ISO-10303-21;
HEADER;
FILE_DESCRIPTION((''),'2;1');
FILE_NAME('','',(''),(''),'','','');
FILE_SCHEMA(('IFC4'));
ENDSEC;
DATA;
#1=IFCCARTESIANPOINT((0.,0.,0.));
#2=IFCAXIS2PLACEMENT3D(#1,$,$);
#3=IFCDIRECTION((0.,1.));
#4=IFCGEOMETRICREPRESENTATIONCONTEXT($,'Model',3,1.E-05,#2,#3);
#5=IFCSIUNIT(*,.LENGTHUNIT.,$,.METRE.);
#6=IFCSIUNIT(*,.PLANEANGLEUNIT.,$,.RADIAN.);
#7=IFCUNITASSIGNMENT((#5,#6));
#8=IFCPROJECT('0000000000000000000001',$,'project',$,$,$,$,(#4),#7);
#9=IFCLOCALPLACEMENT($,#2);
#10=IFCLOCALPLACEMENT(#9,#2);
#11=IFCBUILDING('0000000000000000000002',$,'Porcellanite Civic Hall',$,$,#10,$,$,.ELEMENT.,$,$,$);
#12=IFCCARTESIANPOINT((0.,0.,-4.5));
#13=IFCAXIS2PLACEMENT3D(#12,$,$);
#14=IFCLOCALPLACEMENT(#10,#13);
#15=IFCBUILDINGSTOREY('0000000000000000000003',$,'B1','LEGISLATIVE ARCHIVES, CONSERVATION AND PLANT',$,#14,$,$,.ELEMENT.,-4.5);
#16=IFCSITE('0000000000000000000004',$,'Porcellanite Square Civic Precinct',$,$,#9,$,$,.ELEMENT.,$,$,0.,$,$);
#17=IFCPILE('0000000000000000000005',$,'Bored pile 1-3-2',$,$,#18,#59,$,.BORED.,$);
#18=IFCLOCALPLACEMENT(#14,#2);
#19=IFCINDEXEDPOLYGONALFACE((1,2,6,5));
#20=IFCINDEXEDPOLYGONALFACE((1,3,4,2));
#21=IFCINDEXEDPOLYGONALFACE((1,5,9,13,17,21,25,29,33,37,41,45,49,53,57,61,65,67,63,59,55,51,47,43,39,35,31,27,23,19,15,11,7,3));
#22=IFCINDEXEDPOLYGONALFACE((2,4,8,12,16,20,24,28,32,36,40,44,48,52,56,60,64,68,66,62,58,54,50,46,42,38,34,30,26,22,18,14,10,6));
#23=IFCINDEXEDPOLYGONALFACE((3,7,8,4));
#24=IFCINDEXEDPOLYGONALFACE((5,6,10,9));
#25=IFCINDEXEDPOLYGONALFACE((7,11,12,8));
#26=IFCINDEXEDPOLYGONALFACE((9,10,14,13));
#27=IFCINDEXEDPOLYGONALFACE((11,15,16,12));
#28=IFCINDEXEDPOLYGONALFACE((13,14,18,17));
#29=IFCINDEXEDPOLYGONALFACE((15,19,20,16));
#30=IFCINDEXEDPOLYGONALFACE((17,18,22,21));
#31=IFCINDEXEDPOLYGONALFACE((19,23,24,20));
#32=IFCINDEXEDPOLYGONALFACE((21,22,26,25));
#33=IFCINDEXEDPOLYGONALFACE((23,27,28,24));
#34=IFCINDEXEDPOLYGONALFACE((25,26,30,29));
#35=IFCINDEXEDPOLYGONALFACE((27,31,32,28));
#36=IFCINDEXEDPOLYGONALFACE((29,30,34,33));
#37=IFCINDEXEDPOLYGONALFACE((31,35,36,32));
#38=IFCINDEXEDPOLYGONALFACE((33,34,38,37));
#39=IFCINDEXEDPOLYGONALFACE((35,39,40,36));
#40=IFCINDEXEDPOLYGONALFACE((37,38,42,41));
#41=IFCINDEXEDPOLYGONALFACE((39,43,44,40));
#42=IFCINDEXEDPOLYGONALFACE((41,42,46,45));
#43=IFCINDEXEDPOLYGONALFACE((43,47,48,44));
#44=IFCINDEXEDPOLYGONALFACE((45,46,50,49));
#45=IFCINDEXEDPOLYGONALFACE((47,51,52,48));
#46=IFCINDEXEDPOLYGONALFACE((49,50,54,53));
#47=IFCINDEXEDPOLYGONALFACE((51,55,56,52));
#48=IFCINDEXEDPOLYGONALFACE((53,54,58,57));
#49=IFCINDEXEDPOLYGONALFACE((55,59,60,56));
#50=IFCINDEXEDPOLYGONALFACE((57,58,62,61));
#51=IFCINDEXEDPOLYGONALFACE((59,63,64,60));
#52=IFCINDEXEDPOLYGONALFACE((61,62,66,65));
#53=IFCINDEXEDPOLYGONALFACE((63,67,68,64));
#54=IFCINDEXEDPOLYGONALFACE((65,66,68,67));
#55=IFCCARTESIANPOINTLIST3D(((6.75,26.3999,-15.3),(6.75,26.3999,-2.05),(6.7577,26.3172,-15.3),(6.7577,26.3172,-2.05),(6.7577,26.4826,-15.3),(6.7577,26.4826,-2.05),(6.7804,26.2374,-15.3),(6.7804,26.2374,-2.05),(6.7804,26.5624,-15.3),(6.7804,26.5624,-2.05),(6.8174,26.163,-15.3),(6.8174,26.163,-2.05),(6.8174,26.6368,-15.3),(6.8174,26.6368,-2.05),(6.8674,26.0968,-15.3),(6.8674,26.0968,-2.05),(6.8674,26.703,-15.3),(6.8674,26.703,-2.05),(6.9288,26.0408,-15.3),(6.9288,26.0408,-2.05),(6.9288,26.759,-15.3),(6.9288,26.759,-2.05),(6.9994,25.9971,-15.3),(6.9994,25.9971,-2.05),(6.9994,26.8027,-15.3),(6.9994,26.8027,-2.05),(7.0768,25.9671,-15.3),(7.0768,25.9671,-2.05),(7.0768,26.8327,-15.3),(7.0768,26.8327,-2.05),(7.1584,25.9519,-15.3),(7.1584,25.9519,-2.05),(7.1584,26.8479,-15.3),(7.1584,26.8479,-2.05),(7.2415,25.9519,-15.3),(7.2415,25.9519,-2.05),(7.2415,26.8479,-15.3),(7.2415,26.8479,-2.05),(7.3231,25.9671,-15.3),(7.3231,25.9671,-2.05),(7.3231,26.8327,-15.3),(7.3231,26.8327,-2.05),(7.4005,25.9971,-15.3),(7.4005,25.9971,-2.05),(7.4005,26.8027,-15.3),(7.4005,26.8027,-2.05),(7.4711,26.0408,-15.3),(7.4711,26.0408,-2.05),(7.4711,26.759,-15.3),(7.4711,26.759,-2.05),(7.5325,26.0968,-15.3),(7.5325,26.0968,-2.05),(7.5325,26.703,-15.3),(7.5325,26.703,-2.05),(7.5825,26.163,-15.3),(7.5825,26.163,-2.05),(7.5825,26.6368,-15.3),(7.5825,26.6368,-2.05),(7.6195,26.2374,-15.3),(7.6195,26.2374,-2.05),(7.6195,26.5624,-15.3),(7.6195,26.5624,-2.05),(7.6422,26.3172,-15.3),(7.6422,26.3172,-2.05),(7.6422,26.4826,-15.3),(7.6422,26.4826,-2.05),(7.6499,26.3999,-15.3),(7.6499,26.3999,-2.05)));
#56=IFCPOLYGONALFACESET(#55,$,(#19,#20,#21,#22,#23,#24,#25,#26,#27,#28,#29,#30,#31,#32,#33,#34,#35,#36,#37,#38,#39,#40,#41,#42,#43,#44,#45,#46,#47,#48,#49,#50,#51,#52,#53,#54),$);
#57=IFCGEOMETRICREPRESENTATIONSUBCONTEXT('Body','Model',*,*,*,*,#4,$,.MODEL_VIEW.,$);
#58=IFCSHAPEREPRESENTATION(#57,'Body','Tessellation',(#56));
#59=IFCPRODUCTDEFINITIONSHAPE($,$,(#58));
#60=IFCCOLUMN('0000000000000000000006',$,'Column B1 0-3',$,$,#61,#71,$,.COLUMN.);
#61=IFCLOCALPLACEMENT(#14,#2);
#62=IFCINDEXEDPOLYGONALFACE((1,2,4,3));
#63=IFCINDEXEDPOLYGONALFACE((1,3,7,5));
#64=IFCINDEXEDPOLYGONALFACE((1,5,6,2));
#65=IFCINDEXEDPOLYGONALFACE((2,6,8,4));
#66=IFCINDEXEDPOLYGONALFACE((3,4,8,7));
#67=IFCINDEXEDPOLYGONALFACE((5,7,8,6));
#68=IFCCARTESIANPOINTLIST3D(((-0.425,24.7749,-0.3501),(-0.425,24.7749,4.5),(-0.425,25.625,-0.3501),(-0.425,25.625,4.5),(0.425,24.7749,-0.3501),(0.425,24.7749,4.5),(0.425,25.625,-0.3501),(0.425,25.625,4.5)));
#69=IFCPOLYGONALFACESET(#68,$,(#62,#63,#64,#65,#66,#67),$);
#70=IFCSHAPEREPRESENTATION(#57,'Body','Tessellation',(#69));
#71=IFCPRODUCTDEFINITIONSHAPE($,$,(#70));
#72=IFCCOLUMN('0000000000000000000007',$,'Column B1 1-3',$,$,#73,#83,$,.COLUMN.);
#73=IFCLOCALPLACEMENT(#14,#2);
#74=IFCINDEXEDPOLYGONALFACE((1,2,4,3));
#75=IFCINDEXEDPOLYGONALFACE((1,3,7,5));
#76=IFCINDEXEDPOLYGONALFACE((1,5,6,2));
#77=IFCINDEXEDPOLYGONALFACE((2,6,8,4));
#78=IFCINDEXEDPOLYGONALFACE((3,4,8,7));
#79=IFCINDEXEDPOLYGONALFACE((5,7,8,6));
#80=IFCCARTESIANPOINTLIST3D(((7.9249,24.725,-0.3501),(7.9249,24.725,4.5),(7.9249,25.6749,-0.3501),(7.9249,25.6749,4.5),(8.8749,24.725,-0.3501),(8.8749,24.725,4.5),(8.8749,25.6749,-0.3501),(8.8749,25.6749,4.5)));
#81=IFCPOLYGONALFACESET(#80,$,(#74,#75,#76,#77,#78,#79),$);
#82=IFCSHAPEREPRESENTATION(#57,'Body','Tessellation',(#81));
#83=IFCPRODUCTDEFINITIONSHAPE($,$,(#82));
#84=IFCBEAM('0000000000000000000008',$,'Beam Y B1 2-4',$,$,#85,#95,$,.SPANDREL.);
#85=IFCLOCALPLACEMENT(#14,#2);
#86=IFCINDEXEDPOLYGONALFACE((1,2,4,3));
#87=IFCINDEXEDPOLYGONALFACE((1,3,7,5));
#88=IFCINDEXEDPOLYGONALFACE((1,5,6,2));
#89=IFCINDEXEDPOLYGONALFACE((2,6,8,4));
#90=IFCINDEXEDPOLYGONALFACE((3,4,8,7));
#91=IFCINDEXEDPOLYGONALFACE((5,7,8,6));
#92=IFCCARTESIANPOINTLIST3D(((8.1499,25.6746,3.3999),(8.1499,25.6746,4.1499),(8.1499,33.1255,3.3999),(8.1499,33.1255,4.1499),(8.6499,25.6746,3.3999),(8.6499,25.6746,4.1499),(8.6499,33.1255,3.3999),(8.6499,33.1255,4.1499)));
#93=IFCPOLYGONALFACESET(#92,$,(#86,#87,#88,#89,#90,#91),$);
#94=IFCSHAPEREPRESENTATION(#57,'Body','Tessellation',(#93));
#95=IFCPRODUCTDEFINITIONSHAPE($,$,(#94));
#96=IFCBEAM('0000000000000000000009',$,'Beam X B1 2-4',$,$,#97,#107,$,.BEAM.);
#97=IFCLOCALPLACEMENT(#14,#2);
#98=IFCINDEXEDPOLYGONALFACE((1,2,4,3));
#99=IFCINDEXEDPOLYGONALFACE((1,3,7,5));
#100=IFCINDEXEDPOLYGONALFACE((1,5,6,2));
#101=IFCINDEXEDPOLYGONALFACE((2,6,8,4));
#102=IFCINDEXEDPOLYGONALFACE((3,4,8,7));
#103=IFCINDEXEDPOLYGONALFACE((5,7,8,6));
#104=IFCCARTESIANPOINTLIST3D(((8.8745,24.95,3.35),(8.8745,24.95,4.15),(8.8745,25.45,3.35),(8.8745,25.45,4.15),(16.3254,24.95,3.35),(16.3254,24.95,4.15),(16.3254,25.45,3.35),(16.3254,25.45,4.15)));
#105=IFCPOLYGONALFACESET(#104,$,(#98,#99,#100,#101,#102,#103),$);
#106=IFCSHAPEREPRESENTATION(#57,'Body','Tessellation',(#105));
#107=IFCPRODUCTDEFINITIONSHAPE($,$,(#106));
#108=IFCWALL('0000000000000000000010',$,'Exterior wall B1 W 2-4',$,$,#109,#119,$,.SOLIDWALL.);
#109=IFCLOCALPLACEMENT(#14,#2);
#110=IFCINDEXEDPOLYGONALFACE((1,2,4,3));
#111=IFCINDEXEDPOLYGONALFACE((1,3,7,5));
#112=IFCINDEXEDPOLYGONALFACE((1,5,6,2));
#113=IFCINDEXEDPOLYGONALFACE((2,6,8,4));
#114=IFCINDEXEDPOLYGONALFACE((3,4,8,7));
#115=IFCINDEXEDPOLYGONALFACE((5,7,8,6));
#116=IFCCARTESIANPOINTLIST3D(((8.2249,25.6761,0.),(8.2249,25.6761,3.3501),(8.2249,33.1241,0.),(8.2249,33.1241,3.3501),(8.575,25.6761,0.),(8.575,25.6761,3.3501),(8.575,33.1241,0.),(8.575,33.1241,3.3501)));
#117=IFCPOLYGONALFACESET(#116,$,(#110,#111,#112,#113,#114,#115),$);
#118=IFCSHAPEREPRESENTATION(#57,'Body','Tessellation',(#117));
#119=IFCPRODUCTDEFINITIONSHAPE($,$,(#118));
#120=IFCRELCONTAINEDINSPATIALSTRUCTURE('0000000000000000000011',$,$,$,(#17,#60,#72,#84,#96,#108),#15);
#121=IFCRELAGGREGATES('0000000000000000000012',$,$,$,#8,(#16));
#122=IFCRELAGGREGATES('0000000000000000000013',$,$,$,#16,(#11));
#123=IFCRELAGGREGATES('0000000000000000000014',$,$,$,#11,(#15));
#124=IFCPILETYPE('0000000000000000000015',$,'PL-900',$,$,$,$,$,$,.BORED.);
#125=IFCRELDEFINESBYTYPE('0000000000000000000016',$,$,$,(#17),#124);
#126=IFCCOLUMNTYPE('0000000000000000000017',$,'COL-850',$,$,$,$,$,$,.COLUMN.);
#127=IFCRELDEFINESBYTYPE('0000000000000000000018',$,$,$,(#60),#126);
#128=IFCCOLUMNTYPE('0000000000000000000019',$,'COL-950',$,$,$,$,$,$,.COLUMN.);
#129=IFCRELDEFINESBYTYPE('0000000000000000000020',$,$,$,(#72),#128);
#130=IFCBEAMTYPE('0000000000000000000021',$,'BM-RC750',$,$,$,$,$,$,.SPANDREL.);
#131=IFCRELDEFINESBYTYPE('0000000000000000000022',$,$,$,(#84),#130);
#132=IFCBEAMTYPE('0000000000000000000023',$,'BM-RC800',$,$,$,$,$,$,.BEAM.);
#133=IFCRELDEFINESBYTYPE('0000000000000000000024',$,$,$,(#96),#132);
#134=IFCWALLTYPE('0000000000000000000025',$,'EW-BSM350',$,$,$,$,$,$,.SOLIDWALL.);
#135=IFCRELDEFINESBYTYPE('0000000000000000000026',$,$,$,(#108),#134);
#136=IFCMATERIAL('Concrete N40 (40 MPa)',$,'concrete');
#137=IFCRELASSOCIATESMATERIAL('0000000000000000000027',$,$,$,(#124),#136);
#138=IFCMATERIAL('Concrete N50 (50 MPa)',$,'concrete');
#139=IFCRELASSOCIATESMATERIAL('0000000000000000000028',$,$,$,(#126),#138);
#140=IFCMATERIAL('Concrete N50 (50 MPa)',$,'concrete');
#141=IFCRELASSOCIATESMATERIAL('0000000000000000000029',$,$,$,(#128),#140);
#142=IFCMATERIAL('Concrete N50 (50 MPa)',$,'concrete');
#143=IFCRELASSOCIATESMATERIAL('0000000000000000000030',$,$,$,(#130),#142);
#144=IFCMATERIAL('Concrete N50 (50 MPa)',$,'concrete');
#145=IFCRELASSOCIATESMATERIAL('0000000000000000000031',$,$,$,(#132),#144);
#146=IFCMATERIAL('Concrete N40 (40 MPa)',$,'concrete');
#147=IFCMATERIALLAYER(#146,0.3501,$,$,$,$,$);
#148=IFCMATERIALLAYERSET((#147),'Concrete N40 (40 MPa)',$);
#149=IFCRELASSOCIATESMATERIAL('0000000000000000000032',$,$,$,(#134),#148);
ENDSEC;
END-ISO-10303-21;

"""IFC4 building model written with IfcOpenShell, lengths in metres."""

from ifc_helpers import new_model, si_unit, direction, frame, frame_2d, origin, origin_2d, place, context, subcontext, project, spatial, rectangle, circle, extrude, material, layer, layer_set, material_profile, profile_set, type_object, element, save


model = new_model("IFC4")

# Units and contexts
model_context = context("Model", 3, precision=1e-05, world=origin(), true_north=direction((0.0, 1.0)))
body_context = subcontext(model_context, "Body", "Model", "MODEL_VIEW")
ifc_project = project(units=[si_unit("LENGTHUNIT", "METRE"), si_unit("PLANEANGLEUNIT", "RADIAN")], contexts=[model_context])

# Site, building, storey
site_placement = place(None, origin())
site = spatial("IfcSite", under=ifc_project, at=site_placement, Name="Porcellanite Square Civic Precinct", CompositionType="ELEMENT", RefElevation=0.0)
building_placement = place(site_placement, origin())
building = spatial("IfcBuilding", under=site, at=building_placement, Name="Porcellanite Civic Hall", CompositionType="ELEMENT")
storey_placement = place(building_placement, frame((0.0, 0.0, -4.5)))
storey = spatial("IfcBuildingStorey", under=building, at=storey_placement, Name="B1", Description="LEGISLATIVE ARCHIVES, CONSERVATION AND PLANT", CompositionType="ELEMENT", Elevation=-4.5)

# Pile
ifc_material_1 = material(Name="Concrete N40 (40 MPa)", Category="concrete")
ifc_material_profile_1 = material_profile(ifc_material_1, circle(Radius=0.45, at=origin_2d()), Name="PILE-D900")
ifc_profile_set_1 = profile_set([ifc_material_profile_1], Name="Concrete N40 (40 MPa)")
pile_type_1 = type_object("IfcPileType", Name="PL-900", PredefinedType="BORED", material=ifc_profile_set_1)
for number, where, z_axis, x_axis, name in (
    (1, (7.2, 26.3999, -2.05), (0.0, 0.0, -1.0), (1.0, 0.0, 0.0), "Bored pile 1-3-2"),
):
    element("IfcPile", number, at=place(storey_placement, frame(where, z_axis=z_axis, x_axis=x_axis)), inside=storey, type_object=pile_type_1, Name=name, PredefinedType="BORED", context=body_context, shape_type="SweptSolid", body=[
        extrude(circle(Radius=0.45, at=origin_2d()), origin(), (0.0, 0.0, 1.0), 13.25),
    ])

# Columns
ifc_material_2 = material(Name="Concrete N50 (50 MPa)", Category="concrete")
ifc_material_profile_2 = material_profile(ifc_material_2, rectangle(XDim=0.8501, YDim=0.8501, at=origin_2d()), Name="RC-850x850")
ifc_profile_set_2 = profile_set([ifc_material_profile_2], Name="Concrete N50 (50 MPa)")
column_type_1 = type_object("IfcColumnType", Name="COL-850", PredefinedType="COLUMN", material=ifc_profile_set_2)
column_1_placement = place(storey_placement, frame((0.0, 25.2, -0.3501), z_axis=(0.0, 0.0, 1.0), x_axis=(1.0, 0.0, 0.0)))
element("IfcColumn", 2, at=column_1_placement, inside=storey, type_object=column_type_1, Name="Column B1 0-3", PredefinedType="COLUMN", context=body_context, shape_type="SweptSolid", body=[
    extrude(rectangle(XDim=0.8501, YDim=0.8501, at=origin_2d()), origin(), (0.0, 0.0, 1.0), 4.8501),
])
ifc_material_3 = material(Name="Concrete N50 (50 MPa)", Category="concrete")
ifc_material_profile_3 = material_profile(ifc_material_3, rectangle(XDim=0.95, YDim=0.95, at=origin_2d()), Name="RC-950x950")
ifc_profile_set_3 = profile_set([ifc_material_profile_3], Name="Concrete N50 (50 MPa)")
column_type_2 = type_object("IfcColumnType", Name="COL-950", PredefinedType="COLUMN", material=ifc_profile_set_3)
column_2_placement = place(storey_placement, frame((8.3999, 25.2, -0.3501), z_axis=(0.0, 0.0, 1.0), x_axis=(1.0, 0.0, 0.0)))
element("IfcColumn", 3, at=column_2_placement, inside=storey, type_object=column_type_2, Name="Column B1 1-3", PredefinedType="COLUMN", context=body_context, shape_type="SweptSolid", body=[
    extrude(rectangle(XDim=0.95, YDim=0.95, at=origin_2d()), origin(), (0.0, 0.0, 1.0), 4.8501),
])

# Beams
ifc_material_4 = material(Name="Concrete N50 (50 MPa)", Category="concrete")
ifc_material_profile_4 = material_profile(ifc_material_4, rectangle(XDim=0.5, YDim=0.75, at=origin_2d()), Name="RC-500x750")
ifc_profile_set_4 = profile_set([ifc_material_profile_4], Name="Concrete N50 (50 MPa)")
beam_type_1 = type_object("IfcBeamType", Name="BM-RC750", PredefinedType="SPANDREL", material=ifc_profile_set_4)
beam_1_placement = place(storey_placement, frame((8.3999, 25.6746, 3.7749), z_axis=(0.0, 1.0, 0.0), x_axis=(-1.0, 0.0, 0.0)))
element("IfcBeam", 4, at=beam_1_placement, inside=storey, type_object=beam_type_1, Name="Beam Y B1 2-4", PredefinedType="SPANDREL", context=body_context, shape_type="SweptSolid", body=[
    extrude(rectangle(XDim=0.5, YDim=0.75, at=origin_2d()), origin(), (0.0, 0.0, 1.0), 7.4509),
])
ifc_material_5 = material(Name="Concrete N50 (50 MPa)", Category="concrete")
ifc_material_profile_5 = material_profile(ifc_material_5, rectangle(XDim=0.5, YDim=0.8, at=origin_2d()), Name="RC-500x800")
ifc_profile_set_5 = profile_set([ifc_material_profile_5], Name="Concrete N50 (50 MPa)")
beam_type_2 = type_object("IfcBeamType", Name="BM-RC800", PredefinedType="BEAM", material=ifc_profile_set_5)
beam_2_placement = place(storey_placement, frame((8.8745, 25.2, 3.75), z_axis=(1.0, 0.0, 0.0), x_axis=(0.0, 1.0, 0.0)))
element("IfcBeam", 5, at=beam_2_placement, inside=storey, type_object=beam_type_2, Name="Beam X B1 2-4", PredefinedType="BEAM", context=body_context, shape_type="SweptSolid", body=[
    extrude(rectangle(XDim=0.5, YDim=0.8, at=origin_2d()), origin(), (0.0, 0.0, 1.0), 7.4509),
])

# Wall
ifc_material_6 = material(Name="Concrete N40 (40 MPa)", Category="concrete")
ifc_layer_1 = layer(ifc_material_6, 0.3501)
ifc_layer_set_1 = layer_set([ifc_layer_1], Name="Concrete N40 (40 MPa)")
wall_type_1 = type_object("IfcWallType", Name="EW-BSM350", PredefinedType="SOLIDWALL", material=ifc_layer_set_1)
wall_1_placement = place(storey_placement, frame((8.3999, 25.676, 0.0), z_axis=(0.0, 0.0, 1.0), x_axis=(0.0, 1.0, 0.0)))
element("IfcWall", 6, at=wall_1_placement, inside=storey, type_object=wall_type_1, Name="Exterior wall B1 W 2-4", PredefinedType="SOLIDWALL", context=body_context, shape_type="SweptSolid", body=[
    extrude(rectangle(XDim=7.448, YDim=0.3501, at=frame_2d((3.7241, 0.0))), origin(), (0.0, 0.0, 1.0), 3.3501),
])

save(model, "model.ifc")
